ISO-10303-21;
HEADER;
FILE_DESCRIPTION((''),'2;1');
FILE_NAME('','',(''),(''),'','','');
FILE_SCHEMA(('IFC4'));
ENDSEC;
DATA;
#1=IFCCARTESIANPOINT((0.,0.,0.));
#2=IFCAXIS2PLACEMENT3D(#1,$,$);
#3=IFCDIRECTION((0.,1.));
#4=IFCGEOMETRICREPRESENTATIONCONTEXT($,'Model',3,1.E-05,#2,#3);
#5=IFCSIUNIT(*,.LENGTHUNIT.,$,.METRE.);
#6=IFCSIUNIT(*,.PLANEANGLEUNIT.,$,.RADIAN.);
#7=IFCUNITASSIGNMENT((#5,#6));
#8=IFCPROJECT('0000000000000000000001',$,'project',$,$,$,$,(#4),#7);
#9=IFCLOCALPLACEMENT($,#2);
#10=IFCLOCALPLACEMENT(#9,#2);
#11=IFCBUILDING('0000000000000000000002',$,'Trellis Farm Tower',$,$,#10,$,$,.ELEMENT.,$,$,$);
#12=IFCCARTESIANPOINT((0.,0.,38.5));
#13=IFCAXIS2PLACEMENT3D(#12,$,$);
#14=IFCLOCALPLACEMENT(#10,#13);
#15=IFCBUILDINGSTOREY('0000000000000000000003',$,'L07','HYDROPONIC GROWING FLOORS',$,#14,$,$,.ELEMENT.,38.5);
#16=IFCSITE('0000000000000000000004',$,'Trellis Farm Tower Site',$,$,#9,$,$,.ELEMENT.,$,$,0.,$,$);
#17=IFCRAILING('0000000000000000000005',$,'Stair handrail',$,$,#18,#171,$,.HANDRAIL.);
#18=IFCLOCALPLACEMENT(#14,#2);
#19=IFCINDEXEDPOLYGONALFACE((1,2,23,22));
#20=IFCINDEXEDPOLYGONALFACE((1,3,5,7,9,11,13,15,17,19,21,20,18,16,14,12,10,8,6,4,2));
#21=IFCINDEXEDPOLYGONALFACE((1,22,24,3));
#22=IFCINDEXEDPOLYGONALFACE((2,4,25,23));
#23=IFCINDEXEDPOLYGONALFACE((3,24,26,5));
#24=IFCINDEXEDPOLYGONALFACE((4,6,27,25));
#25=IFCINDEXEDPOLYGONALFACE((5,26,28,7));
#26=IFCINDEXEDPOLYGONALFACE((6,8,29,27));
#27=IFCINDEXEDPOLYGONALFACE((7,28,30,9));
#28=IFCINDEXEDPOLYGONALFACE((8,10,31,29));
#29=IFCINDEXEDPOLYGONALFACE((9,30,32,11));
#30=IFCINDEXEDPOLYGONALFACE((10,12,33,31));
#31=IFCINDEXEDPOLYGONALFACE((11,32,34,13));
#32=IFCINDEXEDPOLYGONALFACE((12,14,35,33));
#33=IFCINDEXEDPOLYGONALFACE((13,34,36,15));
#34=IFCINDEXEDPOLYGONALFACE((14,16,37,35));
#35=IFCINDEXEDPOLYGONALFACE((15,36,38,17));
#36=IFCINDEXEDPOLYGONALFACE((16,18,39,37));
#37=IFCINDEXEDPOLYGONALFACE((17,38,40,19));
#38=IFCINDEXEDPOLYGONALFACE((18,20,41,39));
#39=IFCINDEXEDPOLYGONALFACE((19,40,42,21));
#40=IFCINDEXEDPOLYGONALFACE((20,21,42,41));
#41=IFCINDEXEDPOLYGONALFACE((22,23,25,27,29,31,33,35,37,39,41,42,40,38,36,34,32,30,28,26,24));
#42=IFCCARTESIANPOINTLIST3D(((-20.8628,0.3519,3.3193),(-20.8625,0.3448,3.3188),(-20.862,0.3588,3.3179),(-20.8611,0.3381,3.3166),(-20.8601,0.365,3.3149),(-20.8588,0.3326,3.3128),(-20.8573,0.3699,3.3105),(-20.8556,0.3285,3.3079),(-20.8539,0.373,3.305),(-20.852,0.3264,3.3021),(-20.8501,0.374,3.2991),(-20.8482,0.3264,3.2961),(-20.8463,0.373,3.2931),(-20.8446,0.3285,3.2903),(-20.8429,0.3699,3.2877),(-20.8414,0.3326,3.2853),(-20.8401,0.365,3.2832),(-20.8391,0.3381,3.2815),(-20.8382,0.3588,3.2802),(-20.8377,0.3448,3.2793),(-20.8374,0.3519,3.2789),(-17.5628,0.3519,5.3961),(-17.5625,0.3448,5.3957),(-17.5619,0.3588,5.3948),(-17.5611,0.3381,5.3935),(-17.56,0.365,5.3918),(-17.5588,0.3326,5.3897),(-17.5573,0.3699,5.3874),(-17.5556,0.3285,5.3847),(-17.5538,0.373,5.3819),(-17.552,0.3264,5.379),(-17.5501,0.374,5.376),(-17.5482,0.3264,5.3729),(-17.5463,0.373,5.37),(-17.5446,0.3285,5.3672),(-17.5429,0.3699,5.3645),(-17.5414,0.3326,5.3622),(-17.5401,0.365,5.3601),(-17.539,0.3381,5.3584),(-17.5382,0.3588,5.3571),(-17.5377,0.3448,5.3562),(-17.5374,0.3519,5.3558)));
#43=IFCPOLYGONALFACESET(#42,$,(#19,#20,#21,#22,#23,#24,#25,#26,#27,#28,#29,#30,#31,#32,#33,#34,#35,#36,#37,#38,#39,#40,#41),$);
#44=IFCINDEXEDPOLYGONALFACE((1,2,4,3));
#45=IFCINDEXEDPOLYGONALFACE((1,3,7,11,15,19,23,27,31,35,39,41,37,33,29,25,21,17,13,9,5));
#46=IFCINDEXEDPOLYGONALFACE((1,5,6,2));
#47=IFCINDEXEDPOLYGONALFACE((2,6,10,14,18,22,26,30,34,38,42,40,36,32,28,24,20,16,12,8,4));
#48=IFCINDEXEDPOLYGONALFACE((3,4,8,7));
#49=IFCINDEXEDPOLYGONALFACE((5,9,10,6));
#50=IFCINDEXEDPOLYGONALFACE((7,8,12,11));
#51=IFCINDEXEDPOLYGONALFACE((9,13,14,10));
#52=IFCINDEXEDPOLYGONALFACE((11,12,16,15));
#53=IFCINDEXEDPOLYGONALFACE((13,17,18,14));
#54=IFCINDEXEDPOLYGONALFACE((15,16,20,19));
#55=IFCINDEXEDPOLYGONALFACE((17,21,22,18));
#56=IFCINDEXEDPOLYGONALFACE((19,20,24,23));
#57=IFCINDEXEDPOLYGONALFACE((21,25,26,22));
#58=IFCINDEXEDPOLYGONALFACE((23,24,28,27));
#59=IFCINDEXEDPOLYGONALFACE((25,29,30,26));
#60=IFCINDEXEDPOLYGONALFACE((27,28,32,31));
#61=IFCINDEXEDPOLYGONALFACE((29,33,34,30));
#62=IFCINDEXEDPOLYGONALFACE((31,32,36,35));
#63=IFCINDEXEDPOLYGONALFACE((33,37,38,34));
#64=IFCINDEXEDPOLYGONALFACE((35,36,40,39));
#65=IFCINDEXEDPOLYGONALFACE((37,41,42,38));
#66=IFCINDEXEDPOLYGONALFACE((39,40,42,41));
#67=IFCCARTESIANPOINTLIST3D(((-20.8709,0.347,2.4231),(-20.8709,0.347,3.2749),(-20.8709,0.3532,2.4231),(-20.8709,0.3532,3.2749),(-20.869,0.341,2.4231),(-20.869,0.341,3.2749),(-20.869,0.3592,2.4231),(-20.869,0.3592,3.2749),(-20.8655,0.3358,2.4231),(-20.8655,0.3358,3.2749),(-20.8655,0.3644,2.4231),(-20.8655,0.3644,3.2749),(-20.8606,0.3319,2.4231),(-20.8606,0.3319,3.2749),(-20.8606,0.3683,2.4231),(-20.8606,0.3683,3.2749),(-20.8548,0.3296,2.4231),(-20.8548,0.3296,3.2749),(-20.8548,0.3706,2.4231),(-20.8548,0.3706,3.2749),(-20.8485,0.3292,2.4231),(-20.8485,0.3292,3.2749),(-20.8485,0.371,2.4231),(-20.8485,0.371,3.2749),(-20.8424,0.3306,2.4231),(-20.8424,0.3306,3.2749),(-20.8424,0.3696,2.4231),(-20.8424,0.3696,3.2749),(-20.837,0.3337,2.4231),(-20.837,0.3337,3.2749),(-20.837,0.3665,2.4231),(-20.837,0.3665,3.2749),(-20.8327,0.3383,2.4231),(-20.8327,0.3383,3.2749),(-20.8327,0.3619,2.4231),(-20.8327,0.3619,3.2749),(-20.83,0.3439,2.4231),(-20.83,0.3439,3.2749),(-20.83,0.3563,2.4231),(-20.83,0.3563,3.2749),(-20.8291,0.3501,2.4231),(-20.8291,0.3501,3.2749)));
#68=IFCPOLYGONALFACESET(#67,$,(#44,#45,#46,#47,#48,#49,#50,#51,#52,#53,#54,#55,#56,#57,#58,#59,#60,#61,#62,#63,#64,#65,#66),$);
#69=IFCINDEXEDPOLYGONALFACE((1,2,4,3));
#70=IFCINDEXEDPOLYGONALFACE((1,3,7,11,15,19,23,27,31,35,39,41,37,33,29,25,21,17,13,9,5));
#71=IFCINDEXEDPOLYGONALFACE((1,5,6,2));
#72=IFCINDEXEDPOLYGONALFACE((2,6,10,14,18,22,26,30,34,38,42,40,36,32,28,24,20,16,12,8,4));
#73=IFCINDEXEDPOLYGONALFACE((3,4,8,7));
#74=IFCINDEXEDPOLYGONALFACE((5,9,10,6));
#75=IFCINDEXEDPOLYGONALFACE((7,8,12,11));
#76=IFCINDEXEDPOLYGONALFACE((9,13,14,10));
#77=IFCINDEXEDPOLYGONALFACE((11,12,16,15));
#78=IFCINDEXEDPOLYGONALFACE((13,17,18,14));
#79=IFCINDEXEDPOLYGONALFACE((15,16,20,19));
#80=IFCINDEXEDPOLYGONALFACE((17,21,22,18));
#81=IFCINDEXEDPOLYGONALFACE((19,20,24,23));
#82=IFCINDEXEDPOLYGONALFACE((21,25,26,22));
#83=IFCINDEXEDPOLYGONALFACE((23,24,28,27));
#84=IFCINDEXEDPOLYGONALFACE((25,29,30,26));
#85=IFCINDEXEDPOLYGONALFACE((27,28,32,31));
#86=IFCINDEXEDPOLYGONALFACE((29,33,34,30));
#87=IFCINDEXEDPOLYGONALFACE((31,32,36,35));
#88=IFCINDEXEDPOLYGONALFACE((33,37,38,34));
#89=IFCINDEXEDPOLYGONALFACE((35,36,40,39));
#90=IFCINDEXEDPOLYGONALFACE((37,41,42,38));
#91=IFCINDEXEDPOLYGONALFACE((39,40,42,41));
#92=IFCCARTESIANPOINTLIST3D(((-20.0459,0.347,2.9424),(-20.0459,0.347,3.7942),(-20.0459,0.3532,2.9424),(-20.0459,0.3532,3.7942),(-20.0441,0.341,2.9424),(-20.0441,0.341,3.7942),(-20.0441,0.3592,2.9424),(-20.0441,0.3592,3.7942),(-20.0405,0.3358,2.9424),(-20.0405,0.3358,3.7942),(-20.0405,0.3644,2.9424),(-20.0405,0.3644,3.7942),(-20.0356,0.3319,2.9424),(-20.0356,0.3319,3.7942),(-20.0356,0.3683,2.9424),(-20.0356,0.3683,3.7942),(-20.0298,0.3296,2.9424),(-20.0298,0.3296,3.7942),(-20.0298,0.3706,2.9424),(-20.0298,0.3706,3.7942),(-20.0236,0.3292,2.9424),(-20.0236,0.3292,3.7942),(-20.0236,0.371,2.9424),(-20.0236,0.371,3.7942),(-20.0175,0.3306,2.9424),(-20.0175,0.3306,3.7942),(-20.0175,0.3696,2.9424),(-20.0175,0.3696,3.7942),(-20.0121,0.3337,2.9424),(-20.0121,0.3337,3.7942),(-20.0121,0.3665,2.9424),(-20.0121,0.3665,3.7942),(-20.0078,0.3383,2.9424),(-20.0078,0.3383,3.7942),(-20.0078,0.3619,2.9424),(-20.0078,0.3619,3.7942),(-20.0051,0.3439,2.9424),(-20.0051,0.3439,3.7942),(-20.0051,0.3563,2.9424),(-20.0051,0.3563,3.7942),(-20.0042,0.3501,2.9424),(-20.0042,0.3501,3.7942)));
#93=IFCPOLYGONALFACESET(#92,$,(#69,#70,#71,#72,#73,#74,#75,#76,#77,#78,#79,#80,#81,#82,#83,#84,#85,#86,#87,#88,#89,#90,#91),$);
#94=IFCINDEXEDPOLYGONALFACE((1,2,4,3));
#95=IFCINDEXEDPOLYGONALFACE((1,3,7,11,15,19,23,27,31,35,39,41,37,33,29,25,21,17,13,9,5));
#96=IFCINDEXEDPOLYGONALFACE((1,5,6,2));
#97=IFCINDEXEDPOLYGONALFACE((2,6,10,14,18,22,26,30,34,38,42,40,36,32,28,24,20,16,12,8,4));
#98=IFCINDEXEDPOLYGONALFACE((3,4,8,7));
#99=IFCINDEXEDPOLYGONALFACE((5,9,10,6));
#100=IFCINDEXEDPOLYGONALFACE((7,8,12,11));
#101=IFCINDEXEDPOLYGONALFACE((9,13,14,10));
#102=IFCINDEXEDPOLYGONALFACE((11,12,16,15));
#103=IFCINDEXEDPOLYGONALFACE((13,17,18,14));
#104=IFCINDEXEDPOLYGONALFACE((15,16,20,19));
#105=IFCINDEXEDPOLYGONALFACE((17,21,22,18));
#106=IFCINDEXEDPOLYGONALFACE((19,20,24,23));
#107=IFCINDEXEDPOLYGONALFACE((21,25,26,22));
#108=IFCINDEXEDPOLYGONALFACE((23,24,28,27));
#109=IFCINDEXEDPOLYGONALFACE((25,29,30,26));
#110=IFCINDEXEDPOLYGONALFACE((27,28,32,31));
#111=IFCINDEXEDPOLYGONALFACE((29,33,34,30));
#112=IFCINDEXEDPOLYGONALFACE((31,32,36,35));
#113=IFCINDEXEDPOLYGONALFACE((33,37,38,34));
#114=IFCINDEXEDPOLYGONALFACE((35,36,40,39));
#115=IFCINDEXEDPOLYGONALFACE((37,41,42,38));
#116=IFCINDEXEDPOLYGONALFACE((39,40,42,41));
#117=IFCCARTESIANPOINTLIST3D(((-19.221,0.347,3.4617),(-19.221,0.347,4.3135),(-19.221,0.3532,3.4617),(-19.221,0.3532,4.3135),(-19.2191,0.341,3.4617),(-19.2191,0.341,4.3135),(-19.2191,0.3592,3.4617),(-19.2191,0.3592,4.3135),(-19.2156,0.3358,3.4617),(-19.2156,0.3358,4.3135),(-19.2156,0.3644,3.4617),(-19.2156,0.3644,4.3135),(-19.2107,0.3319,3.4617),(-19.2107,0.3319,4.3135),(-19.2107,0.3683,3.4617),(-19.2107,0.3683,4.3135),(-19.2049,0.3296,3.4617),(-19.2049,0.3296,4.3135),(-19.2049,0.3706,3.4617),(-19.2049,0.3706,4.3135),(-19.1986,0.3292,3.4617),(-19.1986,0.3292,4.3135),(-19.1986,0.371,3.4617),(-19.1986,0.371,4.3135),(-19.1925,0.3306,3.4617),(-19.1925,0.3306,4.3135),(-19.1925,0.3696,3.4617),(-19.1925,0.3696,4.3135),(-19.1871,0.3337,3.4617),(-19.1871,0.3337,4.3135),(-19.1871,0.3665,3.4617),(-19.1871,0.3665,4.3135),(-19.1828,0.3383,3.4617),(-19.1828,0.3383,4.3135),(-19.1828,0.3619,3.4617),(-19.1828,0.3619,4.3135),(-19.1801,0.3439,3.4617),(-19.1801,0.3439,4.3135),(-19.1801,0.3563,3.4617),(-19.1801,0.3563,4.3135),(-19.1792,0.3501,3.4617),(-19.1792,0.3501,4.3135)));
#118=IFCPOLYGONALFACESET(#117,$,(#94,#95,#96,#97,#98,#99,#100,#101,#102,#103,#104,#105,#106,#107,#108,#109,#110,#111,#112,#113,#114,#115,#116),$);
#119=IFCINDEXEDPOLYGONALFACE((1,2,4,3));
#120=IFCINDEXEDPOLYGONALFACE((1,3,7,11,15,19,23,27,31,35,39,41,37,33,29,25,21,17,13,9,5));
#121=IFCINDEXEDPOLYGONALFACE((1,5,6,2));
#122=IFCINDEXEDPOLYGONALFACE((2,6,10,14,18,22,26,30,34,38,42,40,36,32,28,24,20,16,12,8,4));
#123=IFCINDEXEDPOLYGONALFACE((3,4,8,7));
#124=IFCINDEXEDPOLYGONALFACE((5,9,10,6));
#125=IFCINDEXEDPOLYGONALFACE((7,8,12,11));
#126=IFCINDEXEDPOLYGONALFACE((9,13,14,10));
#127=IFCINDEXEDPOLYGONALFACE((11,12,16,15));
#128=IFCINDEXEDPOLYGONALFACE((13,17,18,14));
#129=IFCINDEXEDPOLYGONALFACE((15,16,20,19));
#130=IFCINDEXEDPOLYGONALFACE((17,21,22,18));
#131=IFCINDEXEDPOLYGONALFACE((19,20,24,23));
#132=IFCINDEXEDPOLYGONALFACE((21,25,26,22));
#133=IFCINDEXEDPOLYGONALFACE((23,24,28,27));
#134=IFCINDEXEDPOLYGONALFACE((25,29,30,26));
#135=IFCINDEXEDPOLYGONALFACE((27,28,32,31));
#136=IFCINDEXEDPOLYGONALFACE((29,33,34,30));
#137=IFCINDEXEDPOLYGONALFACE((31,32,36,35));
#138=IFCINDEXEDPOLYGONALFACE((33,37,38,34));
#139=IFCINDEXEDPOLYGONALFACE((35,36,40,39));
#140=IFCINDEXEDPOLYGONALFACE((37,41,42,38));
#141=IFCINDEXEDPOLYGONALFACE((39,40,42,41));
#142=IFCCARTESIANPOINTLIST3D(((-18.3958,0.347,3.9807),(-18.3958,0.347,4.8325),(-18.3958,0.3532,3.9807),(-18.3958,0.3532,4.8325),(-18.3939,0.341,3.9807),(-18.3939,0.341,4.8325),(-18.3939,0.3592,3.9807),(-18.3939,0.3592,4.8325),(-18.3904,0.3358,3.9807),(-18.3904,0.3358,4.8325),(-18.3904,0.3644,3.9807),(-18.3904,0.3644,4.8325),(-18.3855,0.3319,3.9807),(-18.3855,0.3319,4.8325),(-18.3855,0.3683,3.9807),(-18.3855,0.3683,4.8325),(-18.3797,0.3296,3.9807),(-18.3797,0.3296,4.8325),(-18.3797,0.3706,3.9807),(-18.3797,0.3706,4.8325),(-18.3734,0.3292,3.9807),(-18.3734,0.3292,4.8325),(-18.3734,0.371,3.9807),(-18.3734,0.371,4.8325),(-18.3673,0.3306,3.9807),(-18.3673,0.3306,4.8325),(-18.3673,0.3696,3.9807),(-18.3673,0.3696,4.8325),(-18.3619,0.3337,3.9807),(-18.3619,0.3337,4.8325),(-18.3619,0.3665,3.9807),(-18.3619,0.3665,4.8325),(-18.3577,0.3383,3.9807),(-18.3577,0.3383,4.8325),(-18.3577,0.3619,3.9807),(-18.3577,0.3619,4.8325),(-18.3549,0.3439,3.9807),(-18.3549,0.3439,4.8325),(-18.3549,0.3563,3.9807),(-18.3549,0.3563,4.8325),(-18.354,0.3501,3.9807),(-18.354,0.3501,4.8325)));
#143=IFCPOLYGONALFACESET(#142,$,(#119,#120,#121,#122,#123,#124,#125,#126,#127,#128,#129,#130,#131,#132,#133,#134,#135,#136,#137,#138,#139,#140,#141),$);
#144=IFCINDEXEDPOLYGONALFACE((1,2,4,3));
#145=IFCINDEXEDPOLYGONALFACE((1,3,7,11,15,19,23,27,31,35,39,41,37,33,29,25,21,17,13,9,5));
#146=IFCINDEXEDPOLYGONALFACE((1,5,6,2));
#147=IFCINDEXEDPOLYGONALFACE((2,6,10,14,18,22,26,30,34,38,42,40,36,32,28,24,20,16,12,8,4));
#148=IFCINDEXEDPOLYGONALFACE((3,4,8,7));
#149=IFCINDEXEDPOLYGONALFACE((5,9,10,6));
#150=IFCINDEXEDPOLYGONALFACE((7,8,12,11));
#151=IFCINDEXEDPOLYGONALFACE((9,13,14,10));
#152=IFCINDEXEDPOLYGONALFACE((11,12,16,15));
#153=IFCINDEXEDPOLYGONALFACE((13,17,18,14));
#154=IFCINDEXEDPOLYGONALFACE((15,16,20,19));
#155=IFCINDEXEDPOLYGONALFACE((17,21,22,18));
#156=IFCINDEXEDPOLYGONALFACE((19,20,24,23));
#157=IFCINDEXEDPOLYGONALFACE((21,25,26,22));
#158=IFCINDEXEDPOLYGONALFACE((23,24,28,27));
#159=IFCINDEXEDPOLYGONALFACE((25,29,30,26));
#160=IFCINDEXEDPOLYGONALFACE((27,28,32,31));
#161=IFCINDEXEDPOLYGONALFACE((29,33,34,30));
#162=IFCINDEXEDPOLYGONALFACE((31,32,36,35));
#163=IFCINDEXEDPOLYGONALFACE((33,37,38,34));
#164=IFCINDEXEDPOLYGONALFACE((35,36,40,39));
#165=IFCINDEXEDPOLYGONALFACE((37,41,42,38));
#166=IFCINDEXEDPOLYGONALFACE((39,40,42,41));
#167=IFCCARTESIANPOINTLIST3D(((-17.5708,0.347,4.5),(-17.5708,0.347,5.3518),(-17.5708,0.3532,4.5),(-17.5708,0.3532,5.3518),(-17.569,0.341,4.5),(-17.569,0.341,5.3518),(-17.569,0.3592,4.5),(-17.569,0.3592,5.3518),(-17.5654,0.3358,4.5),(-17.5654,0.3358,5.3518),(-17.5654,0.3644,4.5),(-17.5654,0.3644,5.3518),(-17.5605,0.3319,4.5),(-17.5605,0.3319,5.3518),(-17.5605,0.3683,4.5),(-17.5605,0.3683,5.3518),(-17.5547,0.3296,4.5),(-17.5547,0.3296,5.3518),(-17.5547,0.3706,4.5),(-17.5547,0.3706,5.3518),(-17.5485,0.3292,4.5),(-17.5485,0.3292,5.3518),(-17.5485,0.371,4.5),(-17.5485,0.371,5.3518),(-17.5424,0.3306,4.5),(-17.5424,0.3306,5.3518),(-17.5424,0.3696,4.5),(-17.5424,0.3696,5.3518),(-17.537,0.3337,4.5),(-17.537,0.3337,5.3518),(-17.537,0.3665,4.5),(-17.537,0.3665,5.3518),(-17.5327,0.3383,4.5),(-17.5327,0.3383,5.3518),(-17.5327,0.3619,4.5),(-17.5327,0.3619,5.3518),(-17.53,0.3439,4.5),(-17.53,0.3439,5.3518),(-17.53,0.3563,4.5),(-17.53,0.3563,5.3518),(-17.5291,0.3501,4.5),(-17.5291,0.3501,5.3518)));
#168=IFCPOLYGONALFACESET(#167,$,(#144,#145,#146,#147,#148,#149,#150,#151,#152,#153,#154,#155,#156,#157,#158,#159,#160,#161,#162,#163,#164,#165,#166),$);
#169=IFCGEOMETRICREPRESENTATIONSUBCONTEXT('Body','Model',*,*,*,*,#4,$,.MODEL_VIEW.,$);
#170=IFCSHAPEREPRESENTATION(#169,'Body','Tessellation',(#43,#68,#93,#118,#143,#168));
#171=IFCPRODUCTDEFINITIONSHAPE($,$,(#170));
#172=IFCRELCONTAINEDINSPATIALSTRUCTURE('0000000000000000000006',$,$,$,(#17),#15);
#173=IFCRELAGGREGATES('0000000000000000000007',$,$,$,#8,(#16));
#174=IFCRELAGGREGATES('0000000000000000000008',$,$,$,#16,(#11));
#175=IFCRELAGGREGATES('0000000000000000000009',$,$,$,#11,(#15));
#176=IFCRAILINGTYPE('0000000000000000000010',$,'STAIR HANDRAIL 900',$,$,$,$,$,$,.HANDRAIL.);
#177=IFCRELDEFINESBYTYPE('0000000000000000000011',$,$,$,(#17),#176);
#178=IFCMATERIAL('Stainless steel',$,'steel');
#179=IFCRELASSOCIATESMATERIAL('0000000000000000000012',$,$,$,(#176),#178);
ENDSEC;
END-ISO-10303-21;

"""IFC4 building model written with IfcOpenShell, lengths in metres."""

from ifc_helpers import new_model, si_unit, direction, frame, origin, origin_2d, place, context, subcontext, project, spatial, circle, extrude, source, transform, mapped, material, type_object, element, save


model = new_model("IFC4")

# Units and contexts
model_context = context("Model", 3, precision=1e-05, world=origin(), true_north=direction((0.0, 1.0)))
body_context = subcontext(model_context, "Body", "Model", "MODEL_VIEW")
ifc_project = project(units=[si_unit("LENGTHUNIT", "METRE"), si_unit("PLANEANGLEUNIT", "RADIAN")], contexts=[model_context])

# Site, building, storey
site_placement = place(None, origin())
site = spatial("IfcSite", under=ifc_project, at=site_placement, Name="Trellis Farm Tower Site", CompositionType="ELEMENT", RefElevation=0.0)
building_placement = place(site_placement, origin())
building = spatial("IfcBuilding", under=site, at=building_placement, Name="Trellis Farm Tower", CompositionType="ELEMENT")
storey_placement = place(building_placement, frame((0.0, 0.0, 38.5)))
storey = spatial("IfcBuildingStorey", under=building, at=storey_placement, Name="L07", Description="HYDROPONIC GROWING FLOORS", CompositionType="ELEMENT", Elevation=38.5)

# Shared definitions
ifc_material_1 = material(Name="Stainless steel", Category="steel")

# Railing
railing_type = type_object("IfcRailingType", Name="STAIR HANDRAIL 900", PredefinedType="HANDRAIL", material=ifc_material_1)
shared_shape_1 = source(origin(), body_context, "Body", "SweptSolid", [
    extrude(circle(Radius=0.0239, at=origin_2d()), frame((0.0, 0.0, 0.876), z_axis=(0.846337, 0.0, 0.532647), x_axis=(0.0, 1.0, 0.0)), (0.0, 0.0, 1.0), 3.8992),
    extrude(circle(Radius=0.021, at=origin_2d()), origin(), (0.0, 0.0, 1.0), 0.8518),
    extrude(circle(Radius=0.021, at=origin_2d()), frame((0.825, 0.0, 0.5193)), (0.0, 0.0, 1.0), 0.8518),
    extrude(circle(Radius=0.021, at=origin_2d()), frame((1.6499, 0.0, 1.0386)), (0.0, 0.0, 1.0), 0.8518),
    extrude(circle(Radius=0.021, at=origin_2d()), frame((2.4751, 0.0, 1.5576)), (0.0, 0.0, 1.0), 0.8518),
    extrude(circle(Radius=0.021, at=origin_2d()), frame((3.3, 0.0, 2.0769)), (0.0, 0.0, 1.0), 0.8518),
])
for number, where, name in (
    (1, (-20.8501, 0.3501, 2.4231), "Stair handrail"),
):
    element("IfcRailing", number, at=place(storey_placement, frame(where)), inside=storey, type_object=railing_type, Name=name, PredefinedType="HANDRAIL", context=body_context, shape_type="MappedRepresentation", body=[
        mapped(shared_shape_1, transform((0.0, 0.0, 0.0))),
    ])

save(model, "model.ifc")
